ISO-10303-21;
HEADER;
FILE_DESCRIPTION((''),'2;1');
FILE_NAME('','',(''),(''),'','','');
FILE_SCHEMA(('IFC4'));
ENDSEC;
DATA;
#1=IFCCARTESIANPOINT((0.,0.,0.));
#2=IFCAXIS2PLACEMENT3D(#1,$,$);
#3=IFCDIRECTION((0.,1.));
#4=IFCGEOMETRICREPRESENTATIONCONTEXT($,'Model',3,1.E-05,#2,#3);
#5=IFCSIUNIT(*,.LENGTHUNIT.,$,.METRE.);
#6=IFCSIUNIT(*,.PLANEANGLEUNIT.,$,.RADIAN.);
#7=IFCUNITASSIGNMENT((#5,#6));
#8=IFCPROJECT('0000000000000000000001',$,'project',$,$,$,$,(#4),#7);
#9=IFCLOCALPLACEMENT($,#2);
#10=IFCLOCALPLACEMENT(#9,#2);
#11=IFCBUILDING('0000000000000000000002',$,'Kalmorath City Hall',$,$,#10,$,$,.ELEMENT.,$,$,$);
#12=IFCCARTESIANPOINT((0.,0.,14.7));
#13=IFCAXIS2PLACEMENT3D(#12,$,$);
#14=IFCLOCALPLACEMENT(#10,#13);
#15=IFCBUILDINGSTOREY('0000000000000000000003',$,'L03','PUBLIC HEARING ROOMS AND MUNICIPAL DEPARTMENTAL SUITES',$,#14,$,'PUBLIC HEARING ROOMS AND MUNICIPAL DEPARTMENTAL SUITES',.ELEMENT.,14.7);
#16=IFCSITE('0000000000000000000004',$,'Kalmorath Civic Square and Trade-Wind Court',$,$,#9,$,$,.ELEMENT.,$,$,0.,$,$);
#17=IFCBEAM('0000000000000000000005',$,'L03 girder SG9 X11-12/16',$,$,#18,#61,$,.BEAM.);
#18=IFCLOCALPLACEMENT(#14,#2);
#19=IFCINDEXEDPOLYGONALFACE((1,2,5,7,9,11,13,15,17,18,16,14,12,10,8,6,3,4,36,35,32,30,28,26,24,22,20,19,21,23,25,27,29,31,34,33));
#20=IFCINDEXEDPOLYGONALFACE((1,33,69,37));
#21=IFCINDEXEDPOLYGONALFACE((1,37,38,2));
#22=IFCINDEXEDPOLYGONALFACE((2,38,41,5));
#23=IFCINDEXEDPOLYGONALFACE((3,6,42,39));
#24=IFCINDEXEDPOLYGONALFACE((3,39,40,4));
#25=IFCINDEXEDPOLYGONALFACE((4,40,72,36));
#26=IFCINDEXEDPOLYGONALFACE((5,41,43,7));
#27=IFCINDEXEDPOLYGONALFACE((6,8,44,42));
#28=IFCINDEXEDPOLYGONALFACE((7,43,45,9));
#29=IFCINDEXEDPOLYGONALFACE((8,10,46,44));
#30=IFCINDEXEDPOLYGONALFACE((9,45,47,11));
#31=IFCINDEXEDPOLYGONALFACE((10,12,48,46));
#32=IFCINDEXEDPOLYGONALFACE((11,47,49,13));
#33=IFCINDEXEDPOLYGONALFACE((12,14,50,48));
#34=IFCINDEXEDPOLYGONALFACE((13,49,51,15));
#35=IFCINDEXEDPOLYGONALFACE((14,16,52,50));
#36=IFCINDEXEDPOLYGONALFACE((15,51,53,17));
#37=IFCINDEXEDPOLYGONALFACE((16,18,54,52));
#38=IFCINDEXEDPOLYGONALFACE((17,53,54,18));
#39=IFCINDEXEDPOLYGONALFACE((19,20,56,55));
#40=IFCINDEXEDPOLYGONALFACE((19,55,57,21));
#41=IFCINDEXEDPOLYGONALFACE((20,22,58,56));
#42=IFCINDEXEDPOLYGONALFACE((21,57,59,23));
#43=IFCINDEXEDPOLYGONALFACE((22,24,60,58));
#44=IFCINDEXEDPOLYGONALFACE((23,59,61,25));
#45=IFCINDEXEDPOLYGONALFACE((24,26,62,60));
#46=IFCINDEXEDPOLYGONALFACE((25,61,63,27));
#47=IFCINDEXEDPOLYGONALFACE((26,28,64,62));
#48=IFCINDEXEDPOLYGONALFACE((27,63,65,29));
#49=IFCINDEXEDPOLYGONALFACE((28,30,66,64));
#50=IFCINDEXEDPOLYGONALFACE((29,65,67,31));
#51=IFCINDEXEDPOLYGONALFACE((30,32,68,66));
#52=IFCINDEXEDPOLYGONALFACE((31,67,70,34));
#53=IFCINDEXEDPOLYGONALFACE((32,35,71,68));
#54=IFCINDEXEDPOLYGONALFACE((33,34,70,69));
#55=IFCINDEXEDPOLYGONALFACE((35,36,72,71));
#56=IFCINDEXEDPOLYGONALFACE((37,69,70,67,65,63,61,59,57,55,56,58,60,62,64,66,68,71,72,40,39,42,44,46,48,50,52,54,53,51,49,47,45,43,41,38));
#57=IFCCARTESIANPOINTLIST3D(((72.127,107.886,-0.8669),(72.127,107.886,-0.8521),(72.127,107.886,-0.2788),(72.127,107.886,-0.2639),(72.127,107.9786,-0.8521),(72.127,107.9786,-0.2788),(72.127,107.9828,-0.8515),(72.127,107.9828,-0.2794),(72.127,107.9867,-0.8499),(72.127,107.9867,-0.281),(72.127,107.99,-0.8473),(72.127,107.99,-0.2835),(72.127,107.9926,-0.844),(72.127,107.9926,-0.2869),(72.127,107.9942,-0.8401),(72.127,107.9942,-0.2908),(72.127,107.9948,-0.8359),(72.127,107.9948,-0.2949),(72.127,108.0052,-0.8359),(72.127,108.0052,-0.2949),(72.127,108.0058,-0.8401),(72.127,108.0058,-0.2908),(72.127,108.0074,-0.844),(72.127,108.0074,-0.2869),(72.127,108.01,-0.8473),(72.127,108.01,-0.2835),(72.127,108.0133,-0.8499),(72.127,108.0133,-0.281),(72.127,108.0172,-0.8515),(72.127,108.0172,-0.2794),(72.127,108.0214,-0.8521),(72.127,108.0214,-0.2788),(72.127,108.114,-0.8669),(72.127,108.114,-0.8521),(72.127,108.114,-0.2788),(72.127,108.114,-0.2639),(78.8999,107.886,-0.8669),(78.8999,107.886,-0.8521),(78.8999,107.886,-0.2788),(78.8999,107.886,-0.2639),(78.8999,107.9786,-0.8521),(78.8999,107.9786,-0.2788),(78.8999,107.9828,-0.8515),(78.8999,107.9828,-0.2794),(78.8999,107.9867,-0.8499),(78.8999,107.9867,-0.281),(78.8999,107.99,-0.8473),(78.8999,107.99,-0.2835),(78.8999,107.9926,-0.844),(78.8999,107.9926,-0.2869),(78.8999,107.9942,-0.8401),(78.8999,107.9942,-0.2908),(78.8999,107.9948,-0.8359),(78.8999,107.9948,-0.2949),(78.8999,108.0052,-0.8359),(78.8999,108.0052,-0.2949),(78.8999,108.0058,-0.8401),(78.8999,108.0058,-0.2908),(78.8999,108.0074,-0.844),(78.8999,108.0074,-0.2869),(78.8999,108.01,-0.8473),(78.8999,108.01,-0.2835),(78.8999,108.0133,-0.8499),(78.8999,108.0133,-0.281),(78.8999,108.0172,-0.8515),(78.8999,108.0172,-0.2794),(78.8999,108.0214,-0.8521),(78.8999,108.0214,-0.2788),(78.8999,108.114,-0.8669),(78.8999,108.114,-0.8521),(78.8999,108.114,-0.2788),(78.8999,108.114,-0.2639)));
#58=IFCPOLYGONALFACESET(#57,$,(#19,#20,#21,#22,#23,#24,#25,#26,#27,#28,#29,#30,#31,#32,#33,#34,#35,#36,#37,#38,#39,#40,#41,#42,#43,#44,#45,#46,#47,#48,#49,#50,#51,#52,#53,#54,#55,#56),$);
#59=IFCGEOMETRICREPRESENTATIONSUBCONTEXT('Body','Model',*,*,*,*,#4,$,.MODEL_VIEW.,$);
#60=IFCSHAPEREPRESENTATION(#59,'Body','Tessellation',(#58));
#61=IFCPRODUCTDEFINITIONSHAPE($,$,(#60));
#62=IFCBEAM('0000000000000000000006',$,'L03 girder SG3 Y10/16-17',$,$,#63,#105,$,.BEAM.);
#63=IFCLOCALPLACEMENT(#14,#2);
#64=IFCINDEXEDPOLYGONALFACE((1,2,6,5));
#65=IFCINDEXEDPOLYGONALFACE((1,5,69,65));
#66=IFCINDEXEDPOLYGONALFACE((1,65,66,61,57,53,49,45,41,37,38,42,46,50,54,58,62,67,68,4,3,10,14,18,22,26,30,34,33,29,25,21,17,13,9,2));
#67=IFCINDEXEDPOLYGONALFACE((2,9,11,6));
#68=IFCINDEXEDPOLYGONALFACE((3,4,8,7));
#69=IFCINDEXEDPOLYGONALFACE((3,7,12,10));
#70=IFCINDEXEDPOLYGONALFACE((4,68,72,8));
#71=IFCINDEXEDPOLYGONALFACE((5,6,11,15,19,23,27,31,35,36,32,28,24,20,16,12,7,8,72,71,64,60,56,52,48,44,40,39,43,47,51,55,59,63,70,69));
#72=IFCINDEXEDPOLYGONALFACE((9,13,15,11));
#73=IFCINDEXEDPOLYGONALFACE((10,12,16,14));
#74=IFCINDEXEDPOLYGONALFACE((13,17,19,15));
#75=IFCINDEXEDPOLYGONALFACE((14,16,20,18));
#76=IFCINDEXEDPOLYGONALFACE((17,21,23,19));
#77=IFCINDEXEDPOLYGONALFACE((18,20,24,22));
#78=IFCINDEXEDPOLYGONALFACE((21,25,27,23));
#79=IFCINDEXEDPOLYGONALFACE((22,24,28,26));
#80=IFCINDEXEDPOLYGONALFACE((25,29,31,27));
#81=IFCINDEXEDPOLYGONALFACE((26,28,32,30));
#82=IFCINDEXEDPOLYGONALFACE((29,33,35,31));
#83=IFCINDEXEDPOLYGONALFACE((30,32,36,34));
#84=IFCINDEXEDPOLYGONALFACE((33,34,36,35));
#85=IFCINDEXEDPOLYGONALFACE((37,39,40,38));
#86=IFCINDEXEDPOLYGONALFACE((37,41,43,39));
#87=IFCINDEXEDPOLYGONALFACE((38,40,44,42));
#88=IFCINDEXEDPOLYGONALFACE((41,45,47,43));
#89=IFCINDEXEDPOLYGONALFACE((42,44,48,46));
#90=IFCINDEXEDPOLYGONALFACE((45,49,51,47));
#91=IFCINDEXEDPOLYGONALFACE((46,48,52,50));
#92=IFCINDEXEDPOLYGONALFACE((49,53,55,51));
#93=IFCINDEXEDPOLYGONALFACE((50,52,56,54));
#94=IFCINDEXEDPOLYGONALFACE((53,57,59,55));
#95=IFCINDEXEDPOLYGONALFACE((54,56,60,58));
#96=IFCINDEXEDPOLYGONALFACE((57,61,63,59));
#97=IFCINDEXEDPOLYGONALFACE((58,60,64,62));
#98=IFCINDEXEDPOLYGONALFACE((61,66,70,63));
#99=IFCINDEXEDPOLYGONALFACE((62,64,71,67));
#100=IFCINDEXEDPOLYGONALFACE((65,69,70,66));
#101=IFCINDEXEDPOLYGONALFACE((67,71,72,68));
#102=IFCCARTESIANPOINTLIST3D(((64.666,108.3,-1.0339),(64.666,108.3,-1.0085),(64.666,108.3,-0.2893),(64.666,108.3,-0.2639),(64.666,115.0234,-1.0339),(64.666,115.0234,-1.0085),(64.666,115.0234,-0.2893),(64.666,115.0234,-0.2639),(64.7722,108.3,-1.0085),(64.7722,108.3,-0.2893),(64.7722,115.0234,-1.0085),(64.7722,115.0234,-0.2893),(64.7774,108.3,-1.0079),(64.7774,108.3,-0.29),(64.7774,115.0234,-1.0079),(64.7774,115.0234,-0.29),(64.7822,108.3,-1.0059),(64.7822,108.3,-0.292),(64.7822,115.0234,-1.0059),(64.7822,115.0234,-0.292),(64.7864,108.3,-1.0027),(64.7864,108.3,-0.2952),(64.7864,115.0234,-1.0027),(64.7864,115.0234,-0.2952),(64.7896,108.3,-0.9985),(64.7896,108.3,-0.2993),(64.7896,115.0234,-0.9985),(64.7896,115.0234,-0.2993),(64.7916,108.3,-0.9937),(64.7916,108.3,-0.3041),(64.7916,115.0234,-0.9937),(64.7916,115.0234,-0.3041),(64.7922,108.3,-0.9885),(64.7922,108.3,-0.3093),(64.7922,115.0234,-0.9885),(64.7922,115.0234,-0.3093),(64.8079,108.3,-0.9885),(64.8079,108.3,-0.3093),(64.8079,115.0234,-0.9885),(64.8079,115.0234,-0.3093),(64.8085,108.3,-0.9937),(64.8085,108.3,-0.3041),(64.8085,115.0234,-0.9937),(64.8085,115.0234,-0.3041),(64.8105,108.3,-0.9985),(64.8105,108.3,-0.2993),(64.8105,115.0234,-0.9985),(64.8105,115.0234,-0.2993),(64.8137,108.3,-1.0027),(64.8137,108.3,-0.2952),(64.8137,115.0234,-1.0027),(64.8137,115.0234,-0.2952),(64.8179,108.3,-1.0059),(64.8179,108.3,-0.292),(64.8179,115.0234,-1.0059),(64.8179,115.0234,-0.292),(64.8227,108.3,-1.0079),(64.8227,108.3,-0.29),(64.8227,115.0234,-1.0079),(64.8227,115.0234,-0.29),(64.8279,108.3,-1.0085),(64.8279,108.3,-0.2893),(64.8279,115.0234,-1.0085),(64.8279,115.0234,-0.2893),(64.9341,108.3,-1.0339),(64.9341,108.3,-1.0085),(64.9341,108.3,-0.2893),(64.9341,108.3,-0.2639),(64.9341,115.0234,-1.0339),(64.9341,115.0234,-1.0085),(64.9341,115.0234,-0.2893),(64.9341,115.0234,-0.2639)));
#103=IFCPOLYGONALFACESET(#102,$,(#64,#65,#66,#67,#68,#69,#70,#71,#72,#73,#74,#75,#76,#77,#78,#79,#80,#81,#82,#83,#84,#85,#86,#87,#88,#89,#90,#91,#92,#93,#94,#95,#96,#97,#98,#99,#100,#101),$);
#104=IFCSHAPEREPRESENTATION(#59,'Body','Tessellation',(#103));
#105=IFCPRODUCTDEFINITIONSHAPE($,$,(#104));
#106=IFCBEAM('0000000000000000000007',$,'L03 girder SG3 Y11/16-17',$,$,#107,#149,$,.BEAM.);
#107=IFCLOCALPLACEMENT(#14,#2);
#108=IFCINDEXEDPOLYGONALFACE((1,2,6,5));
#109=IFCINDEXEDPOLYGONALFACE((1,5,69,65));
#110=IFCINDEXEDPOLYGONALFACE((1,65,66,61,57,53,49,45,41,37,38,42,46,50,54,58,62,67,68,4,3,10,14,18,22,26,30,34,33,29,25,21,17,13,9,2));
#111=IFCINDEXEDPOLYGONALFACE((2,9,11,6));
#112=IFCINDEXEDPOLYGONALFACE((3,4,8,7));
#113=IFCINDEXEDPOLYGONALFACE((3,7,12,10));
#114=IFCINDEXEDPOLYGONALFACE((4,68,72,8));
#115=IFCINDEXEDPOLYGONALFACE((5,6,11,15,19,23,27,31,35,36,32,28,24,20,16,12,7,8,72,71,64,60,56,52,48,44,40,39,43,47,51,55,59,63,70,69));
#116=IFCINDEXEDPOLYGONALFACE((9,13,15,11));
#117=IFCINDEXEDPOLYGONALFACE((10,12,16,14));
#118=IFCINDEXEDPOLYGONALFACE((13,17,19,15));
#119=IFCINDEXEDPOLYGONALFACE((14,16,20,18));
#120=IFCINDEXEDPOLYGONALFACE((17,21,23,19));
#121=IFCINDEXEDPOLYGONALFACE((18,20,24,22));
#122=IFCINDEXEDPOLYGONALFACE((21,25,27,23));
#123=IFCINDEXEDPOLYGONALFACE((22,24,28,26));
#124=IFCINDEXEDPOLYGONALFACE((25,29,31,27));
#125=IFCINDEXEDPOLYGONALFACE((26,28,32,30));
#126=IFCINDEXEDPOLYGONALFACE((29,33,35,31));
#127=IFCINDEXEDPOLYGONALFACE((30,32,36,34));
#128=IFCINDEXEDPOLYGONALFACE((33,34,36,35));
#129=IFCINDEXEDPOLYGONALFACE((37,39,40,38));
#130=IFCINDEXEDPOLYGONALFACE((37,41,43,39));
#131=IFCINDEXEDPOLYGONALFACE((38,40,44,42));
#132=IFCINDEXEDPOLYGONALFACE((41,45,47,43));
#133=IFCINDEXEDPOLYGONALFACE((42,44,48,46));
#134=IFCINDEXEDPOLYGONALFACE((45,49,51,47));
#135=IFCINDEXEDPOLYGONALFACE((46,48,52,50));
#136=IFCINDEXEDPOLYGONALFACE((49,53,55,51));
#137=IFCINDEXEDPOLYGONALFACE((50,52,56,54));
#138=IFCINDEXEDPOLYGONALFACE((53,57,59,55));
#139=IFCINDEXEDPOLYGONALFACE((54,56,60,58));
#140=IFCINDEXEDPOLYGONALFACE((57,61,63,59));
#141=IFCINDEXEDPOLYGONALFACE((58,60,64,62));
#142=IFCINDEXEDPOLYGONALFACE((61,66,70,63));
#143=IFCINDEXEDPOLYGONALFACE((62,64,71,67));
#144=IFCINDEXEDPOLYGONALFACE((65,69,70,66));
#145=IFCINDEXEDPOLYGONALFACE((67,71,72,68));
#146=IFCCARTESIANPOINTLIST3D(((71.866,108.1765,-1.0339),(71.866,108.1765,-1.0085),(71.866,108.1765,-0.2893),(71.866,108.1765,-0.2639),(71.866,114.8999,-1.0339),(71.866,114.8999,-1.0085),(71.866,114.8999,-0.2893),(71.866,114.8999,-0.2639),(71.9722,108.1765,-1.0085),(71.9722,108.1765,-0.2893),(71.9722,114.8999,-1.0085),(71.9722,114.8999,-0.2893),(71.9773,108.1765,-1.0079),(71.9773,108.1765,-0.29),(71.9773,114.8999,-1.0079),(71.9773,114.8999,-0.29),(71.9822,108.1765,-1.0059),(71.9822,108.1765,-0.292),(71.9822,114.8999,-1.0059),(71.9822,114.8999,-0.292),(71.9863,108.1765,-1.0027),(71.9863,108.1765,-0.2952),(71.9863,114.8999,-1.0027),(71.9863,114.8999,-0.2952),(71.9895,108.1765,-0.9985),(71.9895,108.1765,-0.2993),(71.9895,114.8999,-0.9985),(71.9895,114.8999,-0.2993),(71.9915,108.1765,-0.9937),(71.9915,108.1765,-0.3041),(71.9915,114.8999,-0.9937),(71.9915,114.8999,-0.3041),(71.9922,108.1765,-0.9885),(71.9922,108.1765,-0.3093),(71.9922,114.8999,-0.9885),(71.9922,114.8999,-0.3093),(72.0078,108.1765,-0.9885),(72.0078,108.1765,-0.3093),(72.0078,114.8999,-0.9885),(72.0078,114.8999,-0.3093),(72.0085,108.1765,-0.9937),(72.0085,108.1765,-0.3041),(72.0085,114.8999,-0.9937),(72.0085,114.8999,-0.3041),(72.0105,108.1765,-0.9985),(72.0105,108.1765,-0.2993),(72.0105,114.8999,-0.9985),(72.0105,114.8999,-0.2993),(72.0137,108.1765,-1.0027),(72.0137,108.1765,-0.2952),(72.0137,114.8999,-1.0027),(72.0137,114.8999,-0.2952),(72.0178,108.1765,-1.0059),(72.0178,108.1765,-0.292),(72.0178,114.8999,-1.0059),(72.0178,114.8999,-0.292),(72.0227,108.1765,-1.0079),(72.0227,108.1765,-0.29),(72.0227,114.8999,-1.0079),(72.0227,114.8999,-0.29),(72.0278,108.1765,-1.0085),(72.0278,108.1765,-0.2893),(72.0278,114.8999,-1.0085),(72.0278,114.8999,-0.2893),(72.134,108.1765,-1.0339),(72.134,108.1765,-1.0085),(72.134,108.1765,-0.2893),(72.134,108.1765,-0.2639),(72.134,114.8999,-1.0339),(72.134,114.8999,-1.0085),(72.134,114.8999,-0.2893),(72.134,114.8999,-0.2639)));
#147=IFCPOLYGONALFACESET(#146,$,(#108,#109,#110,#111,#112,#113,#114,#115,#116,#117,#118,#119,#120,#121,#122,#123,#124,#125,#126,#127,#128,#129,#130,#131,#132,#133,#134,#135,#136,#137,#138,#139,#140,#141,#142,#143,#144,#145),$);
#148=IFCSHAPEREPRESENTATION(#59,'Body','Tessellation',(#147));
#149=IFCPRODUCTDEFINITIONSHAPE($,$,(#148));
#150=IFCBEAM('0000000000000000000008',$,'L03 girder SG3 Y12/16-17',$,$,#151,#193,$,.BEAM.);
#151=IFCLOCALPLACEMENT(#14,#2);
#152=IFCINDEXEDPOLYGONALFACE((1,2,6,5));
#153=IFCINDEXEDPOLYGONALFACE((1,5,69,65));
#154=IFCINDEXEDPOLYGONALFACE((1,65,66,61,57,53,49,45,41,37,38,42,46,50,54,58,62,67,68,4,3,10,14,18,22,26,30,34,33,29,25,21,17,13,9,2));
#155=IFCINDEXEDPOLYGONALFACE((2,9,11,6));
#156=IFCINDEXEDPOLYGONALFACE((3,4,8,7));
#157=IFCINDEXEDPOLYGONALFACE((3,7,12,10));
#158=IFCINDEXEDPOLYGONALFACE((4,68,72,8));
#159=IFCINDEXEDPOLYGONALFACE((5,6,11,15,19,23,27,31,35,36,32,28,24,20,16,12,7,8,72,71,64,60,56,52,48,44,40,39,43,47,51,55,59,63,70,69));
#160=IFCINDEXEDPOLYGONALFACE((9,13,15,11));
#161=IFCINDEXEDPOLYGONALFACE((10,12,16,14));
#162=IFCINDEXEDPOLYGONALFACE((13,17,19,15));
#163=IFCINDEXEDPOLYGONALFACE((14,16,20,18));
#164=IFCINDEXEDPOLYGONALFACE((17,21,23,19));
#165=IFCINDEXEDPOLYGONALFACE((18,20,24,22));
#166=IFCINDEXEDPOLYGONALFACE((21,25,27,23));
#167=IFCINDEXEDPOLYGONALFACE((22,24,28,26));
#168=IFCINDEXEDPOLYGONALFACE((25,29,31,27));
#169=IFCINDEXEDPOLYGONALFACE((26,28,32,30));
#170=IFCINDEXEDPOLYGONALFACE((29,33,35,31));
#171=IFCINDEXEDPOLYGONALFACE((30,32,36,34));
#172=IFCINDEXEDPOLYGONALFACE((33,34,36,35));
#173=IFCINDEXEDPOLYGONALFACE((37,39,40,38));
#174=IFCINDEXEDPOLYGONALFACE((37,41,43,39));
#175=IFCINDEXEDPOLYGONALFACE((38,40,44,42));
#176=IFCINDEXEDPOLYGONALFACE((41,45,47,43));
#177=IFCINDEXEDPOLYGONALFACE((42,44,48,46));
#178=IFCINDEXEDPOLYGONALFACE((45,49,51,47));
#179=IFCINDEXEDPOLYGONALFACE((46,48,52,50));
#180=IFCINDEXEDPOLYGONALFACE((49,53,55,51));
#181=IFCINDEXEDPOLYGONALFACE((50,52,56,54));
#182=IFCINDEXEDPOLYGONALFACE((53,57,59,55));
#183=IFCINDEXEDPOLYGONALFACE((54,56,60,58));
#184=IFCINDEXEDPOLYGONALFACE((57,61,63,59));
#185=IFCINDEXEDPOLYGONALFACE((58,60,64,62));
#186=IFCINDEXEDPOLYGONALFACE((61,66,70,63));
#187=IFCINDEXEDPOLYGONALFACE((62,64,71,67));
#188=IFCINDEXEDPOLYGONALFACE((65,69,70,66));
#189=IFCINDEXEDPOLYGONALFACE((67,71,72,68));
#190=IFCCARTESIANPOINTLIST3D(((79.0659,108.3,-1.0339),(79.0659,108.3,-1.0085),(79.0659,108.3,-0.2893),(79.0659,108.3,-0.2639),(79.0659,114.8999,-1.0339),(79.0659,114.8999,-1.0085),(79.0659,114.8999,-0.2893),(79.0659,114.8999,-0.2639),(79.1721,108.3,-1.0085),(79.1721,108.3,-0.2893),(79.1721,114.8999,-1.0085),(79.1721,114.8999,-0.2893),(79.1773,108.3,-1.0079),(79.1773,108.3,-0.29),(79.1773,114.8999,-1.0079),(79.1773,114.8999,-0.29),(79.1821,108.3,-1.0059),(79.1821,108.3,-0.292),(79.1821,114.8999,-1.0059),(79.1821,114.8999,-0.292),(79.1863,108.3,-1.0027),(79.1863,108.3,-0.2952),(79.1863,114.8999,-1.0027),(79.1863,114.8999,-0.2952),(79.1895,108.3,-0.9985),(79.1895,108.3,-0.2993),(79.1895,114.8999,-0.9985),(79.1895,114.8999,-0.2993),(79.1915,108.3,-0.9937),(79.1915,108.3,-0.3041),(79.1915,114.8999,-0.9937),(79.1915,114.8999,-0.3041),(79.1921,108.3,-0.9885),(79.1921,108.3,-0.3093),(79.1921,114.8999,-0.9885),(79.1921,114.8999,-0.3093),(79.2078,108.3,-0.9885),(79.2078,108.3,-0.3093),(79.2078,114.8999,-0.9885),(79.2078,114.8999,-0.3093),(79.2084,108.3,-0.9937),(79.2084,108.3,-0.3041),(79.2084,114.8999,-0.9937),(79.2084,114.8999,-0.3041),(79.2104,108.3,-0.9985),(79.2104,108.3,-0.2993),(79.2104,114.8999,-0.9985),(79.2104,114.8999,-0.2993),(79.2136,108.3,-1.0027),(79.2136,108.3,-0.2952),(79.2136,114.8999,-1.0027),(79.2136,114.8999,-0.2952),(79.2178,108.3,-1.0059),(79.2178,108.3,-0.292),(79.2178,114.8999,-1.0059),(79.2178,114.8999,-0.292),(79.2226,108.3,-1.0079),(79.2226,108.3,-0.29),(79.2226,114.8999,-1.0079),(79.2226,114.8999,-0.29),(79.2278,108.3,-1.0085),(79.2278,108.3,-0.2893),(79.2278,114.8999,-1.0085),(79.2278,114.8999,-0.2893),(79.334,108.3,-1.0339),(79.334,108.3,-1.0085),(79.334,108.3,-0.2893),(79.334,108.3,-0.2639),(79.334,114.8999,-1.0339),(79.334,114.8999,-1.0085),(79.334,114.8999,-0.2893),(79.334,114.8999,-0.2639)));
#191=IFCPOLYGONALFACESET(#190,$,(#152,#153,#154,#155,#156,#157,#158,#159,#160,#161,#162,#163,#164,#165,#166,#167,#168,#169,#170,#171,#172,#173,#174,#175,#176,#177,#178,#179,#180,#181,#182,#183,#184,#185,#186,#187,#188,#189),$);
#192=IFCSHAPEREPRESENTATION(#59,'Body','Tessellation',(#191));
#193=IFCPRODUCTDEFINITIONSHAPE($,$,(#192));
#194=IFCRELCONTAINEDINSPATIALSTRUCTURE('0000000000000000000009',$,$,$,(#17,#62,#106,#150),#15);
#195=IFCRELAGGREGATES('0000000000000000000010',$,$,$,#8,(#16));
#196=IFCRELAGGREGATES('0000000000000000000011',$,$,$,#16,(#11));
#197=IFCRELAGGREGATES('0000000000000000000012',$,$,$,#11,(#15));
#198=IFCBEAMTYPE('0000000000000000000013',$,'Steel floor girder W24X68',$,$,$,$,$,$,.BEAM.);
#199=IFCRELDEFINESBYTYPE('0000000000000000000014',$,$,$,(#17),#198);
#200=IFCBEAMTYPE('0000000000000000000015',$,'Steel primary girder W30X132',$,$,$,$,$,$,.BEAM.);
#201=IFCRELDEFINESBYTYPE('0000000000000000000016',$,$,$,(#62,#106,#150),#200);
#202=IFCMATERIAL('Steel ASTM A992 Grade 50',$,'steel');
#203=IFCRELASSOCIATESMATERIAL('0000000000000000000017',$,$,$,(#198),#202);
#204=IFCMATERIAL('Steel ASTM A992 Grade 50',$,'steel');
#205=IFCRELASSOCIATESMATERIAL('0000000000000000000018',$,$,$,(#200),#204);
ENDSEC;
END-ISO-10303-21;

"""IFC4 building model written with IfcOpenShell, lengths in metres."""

from ifc_helpers import new_model, si_unit, direction, frame, origin, origin_2d, place, context, subcontext, project, spatial, i_section, extrude, material, material_profile, profile_set, type_object, element, save


model = new_model("IFC4")

# Units and contexts
model_context = context("Model", 3, precision=1e-05, world=origin(), true_north=direction((0.0, 1.0)))
body_context = subcontext(model_context, "Body", "Model", "MODEL_VIEW")
ifc_project = project(units=[si_unit("LENGTHUNIT", "METRE"), si_unit("PLANEANGLEUNIT", "RADIAN")], contexts=[model_context])

# Site, building, storey
site_placement = place(None, origin())
site = spatial("IfcSite", under=ifc_project, at=site_placement, Name="Kalmorath Civic Square and Trade-Wind Court", CompositionType="ELEMENT", RefElevation=0.0)
building_placement = place(site_placement, origin())
building = spatial("IfcBuilding", under=site, at=building_placement, Name="Kalmorath City Hall", CompositionType="ELEMENT")
storey_placement = place(building_placement, frame((0.0, 0.0, 14.7)))
storey = spatial("IfcBuildingStorey", under=building, at=storey_placement, Name="L03", Description="PUBLIC HEARING ROOMS AND MUNICIPAL DEPARTMENTAL SUITES", LongName="PUBLIC HEARING ROOMS AND MUNICIPAL DEPARTMENTAL SUITES", CompositionType="ELEMENT", Elevation=14.7)

# Beams
ifc_material_1 = material(Name="Steel ASTM A992 Grade 50", Category="steel")
ifc_material_profile_1 = material_profile(ifc_material_1, i_section(OverallWidth=0.228, OverallDepth=0.603, WebThickness=0.0105, FlangeThickness=0.0149, FilletRadius=0.0161, at=origin_2d()), Name="W24X68")
ifc_profile_set_1 = profile_set([ifc_material_profile_1], Name="Steel ASTM A992 Grade 50")
beam_type_1 = type_object("IfcBeamType", Name="Steel floor girder W24X68", PredefinedType="BEAM", material=ifc_profile_set_1)
for number, where, z_axis, x_axis, name in (
    (1, (72.127, 108.0, -0.5654), (1.0, 0.0, 0.0), (0.0, 1.0, 0.0), "L03 girder SG9 X11-12/16"),
):
    element("IfcBeam", number, at=place(storey_placement, frame(where, z_axis=z_axis, x_axis=x_axis)), inside=storey, type_object=beam_type_1, Name=name, PredefinedType="BEAM", context=body_context, shape_type="SweptSolid", body=[
        extrude(i_section(OverallWidth=0.228, OverallDepth=0.603, WebThickness=0.0105, FlangeThickness=0.0149, FilletRadius=0.0161, at=origin_2d()), origin(), (0.0, 0.0, 1.0), 6.7729),
    ])
ifc_material_2 = material(Name="Steel ASTM A992 Grade 50", Category="steel")
ifc_material_profile_2 = material_profile(ifc_material_2, i_section(OverallWidth=0.2681, OverallDepth=0.77, WebThickness=0.0156, FlangeThickness=0.0254, FilletRadius=0.02, at=origin_2d()), Name="W30X132")
ifc_profile_set_2 = profile_set([ifc_material_profile_2], Name="Steel ASTM A992 Grade 50")
beam_type_2 = type_object("IfcBeamType", Name="Steel primary girder W30X132", PredefinedType="BEAM", material=ifc_profile_set_2)
for number, where, z_axis, x_axis, name in (
    (2, (64.8, 108.3, -0.6489), (0.0, 1.0, 0.0), (-1.0, 0.0, 0.0), "L03 girder SG3 Y10/16-17"),
    (3, (72.0, 108.1765, -0.6489), (0.0, 1.0, 0.0), (-1.0, 0.0, 0.0), "L03 girder SG3 Y11/16-17"),
):
    element("IfcBeam", number, at=place(storey_placement, frame(where, z_axis=z_axis, x_axis=x_axis)), inside=storey, type_object=beam_type_2, Name=name, PredefinedType="BEAM", context=body_context, shape_type="SweptSolid", body=[
        extrude(i_section(OverallWidth=0.2681, OverallDepth=0.77, WebThickness=0.0156, FlangeThickness=0.0254, FilletRadius=0.02, at=origin_2d()), origin(), (0.0, 0.0, 1.0), 6.7234),
    ])
beam_1_placement = place(storey_placement, frame((79.2, 108.3, -0.6489), z_axis=(0.0, 1.0, 0.0), x_axis=(-1.0, 0.0, 0.0)))
element("IfcBeam", 4, at=beam_1_placement, inside=storey, type_object=beam_type_2, Name="L03 girder SG3 Y12/16-17", PredefinedType="BEAM", context=body_context, shape_type="SweptSolid", body=[
    extrude(i_section(OverallWidth=0.2681, OverallDepth=0.77, WebThickness=0.0156, FlangeThickness=0.0254, FilletRadius=0.02, at=origin_2d()), origin(), (0.0, 0.0, 1.0), 6.5999),
])

save(model, "model.ifc")
